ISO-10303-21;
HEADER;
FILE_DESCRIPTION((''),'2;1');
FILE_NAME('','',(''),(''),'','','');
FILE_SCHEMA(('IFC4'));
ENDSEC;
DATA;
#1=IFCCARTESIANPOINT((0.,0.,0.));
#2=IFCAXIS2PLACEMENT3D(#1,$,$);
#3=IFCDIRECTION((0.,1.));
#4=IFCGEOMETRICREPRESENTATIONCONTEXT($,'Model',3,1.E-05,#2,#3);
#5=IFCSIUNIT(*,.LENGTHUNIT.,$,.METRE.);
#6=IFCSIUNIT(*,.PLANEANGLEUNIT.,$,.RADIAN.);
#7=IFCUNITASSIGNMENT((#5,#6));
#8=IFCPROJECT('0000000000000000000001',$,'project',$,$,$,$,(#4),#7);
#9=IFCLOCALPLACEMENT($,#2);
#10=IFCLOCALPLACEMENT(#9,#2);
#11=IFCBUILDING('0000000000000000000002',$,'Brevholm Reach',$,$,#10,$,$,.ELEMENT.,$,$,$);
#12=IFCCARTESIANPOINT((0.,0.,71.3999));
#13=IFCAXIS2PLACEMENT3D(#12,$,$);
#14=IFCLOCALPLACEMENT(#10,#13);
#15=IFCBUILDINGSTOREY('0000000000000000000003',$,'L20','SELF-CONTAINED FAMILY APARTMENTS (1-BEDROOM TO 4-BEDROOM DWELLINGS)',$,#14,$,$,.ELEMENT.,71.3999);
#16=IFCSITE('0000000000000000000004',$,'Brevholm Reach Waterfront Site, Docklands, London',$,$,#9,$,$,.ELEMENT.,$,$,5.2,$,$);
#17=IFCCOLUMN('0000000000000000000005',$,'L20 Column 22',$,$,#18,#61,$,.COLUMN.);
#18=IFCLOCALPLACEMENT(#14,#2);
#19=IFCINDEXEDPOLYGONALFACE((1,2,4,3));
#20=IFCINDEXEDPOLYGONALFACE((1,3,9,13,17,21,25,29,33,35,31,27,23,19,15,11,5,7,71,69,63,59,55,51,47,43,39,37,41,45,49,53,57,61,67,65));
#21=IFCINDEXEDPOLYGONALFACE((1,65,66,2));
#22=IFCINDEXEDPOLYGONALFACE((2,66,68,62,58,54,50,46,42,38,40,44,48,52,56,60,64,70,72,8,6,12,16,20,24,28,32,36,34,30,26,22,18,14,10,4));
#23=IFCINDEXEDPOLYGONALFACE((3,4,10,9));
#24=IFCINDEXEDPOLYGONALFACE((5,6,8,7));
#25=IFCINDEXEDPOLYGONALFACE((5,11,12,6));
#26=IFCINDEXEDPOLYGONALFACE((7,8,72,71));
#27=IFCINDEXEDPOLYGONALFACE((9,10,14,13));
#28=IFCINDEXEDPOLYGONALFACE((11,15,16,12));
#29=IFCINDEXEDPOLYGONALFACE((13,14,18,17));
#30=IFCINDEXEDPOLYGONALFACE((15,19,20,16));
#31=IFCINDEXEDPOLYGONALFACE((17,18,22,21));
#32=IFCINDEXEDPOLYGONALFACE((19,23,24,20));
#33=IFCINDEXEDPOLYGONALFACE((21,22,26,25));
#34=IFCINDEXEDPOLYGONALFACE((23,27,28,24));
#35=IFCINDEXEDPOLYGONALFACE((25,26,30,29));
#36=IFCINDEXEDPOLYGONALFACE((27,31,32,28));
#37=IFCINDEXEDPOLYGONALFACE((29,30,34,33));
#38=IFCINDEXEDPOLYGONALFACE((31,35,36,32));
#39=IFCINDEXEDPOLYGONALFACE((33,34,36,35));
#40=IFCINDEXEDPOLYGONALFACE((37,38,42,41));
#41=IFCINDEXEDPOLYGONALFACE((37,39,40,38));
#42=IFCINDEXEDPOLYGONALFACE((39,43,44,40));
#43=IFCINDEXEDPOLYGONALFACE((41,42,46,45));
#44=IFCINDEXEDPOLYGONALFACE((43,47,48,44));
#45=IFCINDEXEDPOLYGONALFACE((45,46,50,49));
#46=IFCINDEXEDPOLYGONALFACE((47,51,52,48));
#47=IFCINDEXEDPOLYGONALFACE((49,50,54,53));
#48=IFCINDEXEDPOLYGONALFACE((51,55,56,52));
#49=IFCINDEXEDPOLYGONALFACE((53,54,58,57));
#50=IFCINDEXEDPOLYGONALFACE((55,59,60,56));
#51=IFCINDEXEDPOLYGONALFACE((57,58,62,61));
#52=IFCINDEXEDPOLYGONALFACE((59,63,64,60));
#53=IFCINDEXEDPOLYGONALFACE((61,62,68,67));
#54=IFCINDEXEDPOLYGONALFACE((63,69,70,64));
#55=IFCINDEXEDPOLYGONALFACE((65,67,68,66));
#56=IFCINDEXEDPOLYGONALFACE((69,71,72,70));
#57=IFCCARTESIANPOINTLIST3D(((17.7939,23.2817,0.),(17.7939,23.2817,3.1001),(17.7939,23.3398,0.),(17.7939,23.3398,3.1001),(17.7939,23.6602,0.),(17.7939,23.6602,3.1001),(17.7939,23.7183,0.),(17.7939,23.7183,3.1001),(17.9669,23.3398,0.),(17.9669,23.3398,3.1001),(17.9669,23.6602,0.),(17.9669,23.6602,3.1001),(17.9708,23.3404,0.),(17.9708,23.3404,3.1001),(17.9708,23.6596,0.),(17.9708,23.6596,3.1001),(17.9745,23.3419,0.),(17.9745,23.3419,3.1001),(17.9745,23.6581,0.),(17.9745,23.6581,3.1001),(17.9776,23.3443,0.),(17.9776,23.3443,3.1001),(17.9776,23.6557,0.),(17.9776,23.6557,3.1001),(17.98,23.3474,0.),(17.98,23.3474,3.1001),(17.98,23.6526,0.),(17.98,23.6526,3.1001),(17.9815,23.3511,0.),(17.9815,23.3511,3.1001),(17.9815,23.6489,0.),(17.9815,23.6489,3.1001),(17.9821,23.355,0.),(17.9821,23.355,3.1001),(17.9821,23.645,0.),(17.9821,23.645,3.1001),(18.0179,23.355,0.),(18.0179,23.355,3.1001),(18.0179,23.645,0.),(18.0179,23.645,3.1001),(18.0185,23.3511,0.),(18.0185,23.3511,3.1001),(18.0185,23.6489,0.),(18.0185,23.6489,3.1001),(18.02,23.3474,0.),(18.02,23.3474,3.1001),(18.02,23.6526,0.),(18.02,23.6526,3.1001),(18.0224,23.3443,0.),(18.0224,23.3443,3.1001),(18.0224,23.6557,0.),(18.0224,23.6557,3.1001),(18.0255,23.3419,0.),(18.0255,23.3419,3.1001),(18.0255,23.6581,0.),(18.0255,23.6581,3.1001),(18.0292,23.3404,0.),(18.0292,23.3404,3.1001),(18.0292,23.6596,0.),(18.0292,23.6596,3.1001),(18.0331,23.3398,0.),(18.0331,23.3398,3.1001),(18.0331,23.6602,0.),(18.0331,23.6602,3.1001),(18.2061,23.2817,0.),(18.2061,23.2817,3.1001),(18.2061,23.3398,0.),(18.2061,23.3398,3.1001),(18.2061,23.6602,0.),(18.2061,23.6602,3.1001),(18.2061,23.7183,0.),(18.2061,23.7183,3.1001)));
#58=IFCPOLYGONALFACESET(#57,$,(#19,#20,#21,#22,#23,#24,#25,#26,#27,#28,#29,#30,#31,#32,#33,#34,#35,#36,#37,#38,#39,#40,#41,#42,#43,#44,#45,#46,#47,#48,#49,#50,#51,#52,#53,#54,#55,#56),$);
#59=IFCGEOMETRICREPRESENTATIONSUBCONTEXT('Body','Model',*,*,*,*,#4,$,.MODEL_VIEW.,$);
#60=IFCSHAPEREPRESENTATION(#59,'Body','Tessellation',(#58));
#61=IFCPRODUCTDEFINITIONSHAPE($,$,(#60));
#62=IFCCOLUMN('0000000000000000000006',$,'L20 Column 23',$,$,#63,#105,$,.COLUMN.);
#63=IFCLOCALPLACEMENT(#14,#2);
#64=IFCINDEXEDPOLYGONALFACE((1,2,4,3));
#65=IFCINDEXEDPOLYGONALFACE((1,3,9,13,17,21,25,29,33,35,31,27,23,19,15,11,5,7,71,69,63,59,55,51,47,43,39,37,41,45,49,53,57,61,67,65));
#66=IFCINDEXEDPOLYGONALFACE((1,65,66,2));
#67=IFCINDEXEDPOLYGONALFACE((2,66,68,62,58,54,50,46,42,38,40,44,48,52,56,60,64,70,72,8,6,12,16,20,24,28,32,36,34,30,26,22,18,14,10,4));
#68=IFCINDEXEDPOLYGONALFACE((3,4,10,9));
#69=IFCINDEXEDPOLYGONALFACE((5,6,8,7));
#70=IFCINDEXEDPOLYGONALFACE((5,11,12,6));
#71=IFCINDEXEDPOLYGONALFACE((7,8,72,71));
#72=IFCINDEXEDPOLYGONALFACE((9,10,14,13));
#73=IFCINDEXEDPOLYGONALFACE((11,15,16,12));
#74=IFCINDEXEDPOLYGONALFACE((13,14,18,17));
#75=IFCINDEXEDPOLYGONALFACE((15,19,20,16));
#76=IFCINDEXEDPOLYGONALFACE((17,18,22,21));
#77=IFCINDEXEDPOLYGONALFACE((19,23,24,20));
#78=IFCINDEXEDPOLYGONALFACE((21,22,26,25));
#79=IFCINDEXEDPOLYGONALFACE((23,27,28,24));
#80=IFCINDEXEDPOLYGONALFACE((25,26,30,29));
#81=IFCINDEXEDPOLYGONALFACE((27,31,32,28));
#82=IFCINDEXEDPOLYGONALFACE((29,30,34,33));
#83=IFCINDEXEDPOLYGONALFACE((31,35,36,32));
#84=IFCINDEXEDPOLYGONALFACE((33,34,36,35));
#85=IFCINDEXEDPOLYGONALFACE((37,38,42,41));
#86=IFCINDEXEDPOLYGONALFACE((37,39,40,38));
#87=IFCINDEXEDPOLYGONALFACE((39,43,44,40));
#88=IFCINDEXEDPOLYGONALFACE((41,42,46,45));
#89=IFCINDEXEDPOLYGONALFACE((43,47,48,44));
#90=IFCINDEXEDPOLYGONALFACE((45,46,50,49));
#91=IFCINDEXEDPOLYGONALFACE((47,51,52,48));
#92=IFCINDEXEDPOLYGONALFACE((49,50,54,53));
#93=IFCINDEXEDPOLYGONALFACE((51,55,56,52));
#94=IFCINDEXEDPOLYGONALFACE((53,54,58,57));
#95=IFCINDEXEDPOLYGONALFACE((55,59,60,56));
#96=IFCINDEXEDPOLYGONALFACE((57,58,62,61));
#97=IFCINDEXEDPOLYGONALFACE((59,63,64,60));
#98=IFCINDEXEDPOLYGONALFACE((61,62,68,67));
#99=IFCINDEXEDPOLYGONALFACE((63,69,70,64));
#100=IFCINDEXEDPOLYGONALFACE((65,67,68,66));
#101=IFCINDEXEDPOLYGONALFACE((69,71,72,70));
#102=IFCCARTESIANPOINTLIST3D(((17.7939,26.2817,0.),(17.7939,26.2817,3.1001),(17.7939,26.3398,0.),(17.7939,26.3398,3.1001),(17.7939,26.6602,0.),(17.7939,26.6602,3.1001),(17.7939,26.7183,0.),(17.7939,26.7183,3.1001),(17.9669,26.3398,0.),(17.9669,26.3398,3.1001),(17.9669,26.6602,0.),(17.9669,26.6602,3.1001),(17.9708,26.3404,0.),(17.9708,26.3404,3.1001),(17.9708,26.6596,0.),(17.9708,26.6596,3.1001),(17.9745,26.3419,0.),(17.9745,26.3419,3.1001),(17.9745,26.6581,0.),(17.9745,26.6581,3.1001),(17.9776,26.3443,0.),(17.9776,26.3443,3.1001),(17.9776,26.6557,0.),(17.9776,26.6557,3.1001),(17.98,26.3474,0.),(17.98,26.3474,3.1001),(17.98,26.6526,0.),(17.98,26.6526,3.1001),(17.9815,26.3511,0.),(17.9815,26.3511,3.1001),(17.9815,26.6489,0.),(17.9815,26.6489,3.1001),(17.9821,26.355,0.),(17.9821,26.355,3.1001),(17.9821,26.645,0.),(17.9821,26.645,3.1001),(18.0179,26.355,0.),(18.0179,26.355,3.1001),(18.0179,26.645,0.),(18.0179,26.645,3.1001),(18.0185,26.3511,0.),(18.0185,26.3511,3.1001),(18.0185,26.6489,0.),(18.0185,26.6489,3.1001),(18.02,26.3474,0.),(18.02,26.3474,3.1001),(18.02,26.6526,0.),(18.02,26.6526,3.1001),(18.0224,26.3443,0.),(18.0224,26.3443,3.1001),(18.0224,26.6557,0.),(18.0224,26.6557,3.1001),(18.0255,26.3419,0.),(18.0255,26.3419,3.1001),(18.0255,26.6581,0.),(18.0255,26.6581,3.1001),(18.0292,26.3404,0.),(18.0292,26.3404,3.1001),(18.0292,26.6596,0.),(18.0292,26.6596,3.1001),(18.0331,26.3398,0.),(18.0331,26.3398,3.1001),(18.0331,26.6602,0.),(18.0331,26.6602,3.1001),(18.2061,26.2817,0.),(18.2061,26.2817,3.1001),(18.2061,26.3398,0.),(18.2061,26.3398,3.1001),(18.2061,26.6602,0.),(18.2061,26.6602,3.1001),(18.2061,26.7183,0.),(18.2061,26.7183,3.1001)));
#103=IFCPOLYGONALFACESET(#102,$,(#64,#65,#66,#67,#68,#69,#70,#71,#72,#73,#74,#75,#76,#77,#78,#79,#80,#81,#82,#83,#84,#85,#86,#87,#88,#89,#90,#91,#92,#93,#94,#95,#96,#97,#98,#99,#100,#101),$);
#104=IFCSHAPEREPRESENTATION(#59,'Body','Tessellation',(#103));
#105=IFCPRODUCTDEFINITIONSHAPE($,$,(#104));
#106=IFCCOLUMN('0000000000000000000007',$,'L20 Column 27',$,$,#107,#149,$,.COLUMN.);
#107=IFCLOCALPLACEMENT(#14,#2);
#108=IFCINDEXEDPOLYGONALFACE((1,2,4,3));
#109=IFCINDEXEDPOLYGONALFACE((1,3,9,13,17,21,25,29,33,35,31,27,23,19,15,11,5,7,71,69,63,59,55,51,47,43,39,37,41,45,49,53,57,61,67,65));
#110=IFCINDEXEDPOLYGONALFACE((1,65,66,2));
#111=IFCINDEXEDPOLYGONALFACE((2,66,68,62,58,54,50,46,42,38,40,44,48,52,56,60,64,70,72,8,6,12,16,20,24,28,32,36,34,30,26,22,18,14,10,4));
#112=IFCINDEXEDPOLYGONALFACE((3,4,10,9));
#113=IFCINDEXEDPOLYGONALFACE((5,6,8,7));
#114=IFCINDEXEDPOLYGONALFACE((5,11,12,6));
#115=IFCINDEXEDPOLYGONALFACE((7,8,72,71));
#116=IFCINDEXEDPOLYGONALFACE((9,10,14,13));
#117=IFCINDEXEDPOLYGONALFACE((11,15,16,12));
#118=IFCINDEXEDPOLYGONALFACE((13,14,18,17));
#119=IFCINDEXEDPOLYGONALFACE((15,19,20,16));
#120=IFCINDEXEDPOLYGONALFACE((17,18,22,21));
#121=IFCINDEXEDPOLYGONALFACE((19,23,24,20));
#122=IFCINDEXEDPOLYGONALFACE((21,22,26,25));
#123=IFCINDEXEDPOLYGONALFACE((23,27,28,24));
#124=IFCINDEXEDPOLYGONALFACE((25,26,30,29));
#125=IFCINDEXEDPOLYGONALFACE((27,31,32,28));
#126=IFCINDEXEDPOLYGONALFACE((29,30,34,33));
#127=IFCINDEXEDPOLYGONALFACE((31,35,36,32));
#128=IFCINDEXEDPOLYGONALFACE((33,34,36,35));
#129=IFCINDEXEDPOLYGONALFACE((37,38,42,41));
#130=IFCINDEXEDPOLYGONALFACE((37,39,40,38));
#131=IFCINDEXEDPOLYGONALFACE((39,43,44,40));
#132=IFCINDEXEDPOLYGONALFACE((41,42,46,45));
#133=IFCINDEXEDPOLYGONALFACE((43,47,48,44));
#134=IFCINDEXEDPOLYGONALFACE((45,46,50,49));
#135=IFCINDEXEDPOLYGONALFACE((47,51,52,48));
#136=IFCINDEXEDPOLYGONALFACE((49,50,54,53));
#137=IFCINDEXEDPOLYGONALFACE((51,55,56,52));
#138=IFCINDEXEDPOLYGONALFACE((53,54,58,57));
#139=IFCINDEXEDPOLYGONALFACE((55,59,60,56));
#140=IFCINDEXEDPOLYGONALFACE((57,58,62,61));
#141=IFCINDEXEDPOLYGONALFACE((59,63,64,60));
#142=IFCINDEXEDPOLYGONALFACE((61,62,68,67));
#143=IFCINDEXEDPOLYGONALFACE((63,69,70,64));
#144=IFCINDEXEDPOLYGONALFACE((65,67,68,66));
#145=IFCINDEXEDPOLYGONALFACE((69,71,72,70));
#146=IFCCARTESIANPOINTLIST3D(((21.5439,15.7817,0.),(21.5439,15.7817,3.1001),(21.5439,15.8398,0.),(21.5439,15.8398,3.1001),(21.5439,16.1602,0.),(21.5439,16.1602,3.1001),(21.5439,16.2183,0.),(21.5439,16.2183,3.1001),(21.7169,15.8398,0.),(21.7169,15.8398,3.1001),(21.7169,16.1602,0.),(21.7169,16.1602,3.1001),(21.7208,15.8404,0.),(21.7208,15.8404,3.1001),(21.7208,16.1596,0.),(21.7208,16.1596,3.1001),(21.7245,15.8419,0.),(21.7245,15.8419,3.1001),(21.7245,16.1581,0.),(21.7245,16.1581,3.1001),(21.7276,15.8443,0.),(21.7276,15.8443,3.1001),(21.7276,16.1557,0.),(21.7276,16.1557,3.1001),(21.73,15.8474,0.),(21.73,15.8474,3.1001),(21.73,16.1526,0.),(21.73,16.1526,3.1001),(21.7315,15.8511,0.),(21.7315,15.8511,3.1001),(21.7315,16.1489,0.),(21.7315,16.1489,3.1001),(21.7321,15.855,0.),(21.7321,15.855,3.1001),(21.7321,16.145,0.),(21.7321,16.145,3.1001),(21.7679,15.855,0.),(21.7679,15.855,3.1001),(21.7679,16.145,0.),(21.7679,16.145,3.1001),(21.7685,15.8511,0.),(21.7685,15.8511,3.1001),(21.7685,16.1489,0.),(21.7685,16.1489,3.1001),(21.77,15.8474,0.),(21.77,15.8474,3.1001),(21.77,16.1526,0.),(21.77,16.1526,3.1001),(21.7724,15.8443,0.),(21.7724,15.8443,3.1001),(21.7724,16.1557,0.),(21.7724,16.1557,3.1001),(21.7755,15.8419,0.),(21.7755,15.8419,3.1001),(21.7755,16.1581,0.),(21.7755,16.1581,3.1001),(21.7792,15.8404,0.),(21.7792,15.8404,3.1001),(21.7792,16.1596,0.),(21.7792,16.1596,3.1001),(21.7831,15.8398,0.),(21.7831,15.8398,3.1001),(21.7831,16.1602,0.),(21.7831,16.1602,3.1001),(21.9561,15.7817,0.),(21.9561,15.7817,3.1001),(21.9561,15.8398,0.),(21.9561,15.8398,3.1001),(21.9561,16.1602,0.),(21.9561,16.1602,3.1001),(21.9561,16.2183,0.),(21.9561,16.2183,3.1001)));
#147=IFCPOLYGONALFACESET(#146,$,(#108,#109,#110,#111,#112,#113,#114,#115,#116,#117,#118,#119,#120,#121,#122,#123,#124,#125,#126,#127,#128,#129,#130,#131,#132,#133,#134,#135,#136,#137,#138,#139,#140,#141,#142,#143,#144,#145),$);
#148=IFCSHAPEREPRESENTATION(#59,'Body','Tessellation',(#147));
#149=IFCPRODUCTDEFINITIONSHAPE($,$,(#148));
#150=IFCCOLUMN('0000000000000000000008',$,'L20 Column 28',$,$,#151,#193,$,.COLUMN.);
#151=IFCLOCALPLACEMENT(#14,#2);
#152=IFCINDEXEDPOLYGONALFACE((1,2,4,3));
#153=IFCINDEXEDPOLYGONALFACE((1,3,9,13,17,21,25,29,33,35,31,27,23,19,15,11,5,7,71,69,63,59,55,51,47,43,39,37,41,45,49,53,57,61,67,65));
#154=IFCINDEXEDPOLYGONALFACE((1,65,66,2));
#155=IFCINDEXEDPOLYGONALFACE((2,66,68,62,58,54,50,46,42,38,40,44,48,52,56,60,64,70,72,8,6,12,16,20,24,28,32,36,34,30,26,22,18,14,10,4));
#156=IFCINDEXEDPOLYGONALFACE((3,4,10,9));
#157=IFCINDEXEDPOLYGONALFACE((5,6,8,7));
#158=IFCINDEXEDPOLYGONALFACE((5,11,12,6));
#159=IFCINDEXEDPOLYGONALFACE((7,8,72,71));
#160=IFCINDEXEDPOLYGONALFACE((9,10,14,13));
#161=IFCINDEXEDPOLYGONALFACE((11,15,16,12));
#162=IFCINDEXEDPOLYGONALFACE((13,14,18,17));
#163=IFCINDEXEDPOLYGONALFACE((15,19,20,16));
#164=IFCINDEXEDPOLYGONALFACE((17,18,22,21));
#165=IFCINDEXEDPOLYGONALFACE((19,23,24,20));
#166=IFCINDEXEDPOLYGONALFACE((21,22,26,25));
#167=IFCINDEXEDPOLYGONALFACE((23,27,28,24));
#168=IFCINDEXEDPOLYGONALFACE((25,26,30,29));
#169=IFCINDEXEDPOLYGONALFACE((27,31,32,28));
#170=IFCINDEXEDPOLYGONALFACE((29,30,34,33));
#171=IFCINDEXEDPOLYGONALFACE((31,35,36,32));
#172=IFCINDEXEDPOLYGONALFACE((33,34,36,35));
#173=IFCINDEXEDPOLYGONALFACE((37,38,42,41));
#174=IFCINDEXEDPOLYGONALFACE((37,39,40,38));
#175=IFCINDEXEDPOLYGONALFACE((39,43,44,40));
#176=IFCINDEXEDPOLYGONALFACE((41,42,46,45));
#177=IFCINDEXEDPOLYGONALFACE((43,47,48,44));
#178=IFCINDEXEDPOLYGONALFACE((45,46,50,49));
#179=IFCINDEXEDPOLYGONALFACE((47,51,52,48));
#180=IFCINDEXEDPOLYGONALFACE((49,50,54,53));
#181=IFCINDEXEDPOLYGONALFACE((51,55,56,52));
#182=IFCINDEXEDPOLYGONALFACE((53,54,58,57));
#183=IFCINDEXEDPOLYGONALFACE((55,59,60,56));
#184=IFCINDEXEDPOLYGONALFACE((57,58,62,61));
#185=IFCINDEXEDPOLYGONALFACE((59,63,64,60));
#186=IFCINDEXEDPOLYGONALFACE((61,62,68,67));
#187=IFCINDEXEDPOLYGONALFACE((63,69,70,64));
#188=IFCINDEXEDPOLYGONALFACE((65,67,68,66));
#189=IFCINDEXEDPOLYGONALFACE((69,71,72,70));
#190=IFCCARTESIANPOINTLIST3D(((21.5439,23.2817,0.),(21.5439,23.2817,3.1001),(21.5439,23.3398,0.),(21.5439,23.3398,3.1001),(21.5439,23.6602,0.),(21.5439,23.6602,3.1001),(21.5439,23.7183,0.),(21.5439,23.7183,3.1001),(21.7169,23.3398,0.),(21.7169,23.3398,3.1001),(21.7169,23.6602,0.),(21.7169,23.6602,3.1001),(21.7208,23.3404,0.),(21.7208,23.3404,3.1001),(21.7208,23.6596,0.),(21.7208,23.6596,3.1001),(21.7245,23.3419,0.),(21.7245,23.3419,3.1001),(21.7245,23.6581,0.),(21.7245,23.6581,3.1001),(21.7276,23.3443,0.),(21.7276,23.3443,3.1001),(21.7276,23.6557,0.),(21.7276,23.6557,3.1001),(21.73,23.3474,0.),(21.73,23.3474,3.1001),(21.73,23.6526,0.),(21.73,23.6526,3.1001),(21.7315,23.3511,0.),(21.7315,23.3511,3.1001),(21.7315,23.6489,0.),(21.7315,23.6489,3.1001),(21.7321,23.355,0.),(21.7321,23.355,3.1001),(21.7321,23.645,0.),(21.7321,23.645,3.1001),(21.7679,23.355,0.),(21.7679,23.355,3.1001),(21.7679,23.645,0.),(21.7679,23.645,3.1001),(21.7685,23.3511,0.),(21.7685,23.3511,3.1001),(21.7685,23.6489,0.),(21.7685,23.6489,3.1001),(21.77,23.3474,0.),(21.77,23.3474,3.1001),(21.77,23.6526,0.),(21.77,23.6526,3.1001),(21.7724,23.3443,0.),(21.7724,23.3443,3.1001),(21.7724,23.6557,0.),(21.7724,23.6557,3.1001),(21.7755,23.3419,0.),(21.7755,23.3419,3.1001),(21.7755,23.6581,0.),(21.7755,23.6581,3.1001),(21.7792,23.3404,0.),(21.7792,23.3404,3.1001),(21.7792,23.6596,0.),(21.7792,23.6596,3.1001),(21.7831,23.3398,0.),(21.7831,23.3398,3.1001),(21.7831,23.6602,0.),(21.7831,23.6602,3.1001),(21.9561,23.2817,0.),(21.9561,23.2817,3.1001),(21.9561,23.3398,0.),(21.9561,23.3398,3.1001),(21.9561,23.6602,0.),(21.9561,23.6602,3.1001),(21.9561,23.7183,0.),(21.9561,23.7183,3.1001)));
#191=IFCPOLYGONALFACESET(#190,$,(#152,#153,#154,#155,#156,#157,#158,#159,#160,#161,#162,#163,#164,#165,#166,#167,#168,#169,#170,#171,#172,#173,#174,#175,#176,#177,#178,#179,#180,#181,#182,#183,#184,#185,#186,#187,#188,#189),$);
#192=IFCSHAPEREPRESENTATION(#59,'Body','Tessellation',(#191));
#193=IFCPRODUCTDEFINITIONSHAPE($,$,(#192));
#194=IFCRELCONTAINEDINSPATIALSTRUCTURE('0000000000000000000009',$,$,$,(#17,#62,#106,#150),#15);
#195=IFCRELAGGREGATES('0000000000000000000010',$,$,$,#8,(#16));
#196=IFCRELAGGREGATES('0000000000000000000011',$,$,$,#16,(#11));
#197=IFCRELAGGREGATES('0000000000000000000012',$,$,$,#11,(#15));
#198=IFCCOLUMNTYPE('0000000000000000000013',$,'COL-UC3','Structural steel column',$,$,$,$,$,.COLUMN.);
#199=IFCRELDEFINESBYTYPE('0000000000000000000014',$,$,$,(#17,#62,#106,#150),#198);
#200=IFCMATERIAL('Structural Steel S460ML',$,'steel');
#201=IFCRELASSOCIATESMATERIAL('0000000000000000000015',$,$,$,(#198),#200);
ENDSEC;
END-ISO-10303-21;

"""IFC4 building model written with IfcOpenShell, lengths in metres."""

from ifc_helpers import new_model, si_unit, direction, frame, origin, origin_2d, place, context, subcontext, project, spatial, i_section, extrude, material, material_profile, profile_set, type_object, element, save


model = new_model("IFC4")

# Units and contexts
model_context = context("Model", 3, precision=1e-05, world=origin(), true_north=direction((0.0, 1.0)))
body_context = subcontext(model_context, "Body", "Model", "MODEL_VIEW")
ifc_project = project(units=[si_unit("LENGTHUNIT", "METRE"), si_unit("PLANEANGLEUNIT", "RADIAN")], contexts=[model_context])

# Site, building, storey
site_placement = place(None, origin())
site = spatial("IfcSite", under=ifc_project, at=site_placement, Name="Brevholm Reach Waterfront Site, Docklands, London", CompositionType="ELEMENT", RefElevation=5.2)
building_placement = place(site_placement, origin())
building = spatial("IfcBuilding", under=site, at=building_placement, Name="Brevholm Reach", CompositionType="ELEMENT")
storey_placement = place(building_placement, frame((0.0, 0.0, 71.3999)))
storey = spatial("IfcBuildingStorey", under=building, at=storey_placement, Name="L20", Description="SELF-CONTAINED FAMILY APARTMENTS (1-BEDROOM TO 4-BEDROOM DWELLINGS)", CompositionType="ELEMENT", Elevation=71.3999)

# Columns
ifc_material_1 = material(Name="Structural Steel S460ML", Category="steel")
ifc_material_profile_1 = material_profile(ifc_material_1, i_section(OverallWidth=0.4121, OverallDepth=0.4365, WebThickness=0.0359, FlangeThickness=0.0581, FilletRadius=0.0151, at=origin_2d()), Name="UKC 356x406x467")
ifc_profile_set_1 = profile_set([ifc_material_profile_1], Name="Structural Steel S460ML")
column_type_1 = type_object("IfcColumnType", Name="COL-UC3", Description="Structural steel column", PredefinedType="COLUMN", material=ifc_profile_set_1)
for number, where, z_axis, x_axis, name in (
    (1, (18.0, 23.5, 0.0), (0.0, 0.0, 1.0), (1.0, 0.0, 0.0), "L20 Column 22"),
    (2, (18.0, 26.5, 0.0), (0.0, 0.0, 1.0), (1.0, 0.0, 0.0), "L20 Column 23"),
    (3, (21.75, 16.0, 0.0), (0.0, 0.0, 1.0), (1.0, 0.0, 0.0), "L20 Column 27"),
    (4, (21.75, 23.5, 0.0), (0.0, 0.0, 1.0), (1.0, 0.0, 0.0), "L20 Column 28"),
):
    element("IfcColumn", number, at=place(storey_placement, frame(where, z_axis=z_axis, x_axis=x_axis)), inside=storey, type_object=column_type_1, Name=name, PredefinedType="COLUMN", context=body_context, shape_type="SweptSolid", body=[
        extrude(i_section(OverallWidth=0.4121, OverallDepth=0.4365, WebThickness=0.0359, FlangeThickness=0.0581, FilletRadius=0.0151, at=origin_2d()), origin(), (0.0, 0.0, 1.0), 3.1001),
    ])

save(model, "model.ifc")
